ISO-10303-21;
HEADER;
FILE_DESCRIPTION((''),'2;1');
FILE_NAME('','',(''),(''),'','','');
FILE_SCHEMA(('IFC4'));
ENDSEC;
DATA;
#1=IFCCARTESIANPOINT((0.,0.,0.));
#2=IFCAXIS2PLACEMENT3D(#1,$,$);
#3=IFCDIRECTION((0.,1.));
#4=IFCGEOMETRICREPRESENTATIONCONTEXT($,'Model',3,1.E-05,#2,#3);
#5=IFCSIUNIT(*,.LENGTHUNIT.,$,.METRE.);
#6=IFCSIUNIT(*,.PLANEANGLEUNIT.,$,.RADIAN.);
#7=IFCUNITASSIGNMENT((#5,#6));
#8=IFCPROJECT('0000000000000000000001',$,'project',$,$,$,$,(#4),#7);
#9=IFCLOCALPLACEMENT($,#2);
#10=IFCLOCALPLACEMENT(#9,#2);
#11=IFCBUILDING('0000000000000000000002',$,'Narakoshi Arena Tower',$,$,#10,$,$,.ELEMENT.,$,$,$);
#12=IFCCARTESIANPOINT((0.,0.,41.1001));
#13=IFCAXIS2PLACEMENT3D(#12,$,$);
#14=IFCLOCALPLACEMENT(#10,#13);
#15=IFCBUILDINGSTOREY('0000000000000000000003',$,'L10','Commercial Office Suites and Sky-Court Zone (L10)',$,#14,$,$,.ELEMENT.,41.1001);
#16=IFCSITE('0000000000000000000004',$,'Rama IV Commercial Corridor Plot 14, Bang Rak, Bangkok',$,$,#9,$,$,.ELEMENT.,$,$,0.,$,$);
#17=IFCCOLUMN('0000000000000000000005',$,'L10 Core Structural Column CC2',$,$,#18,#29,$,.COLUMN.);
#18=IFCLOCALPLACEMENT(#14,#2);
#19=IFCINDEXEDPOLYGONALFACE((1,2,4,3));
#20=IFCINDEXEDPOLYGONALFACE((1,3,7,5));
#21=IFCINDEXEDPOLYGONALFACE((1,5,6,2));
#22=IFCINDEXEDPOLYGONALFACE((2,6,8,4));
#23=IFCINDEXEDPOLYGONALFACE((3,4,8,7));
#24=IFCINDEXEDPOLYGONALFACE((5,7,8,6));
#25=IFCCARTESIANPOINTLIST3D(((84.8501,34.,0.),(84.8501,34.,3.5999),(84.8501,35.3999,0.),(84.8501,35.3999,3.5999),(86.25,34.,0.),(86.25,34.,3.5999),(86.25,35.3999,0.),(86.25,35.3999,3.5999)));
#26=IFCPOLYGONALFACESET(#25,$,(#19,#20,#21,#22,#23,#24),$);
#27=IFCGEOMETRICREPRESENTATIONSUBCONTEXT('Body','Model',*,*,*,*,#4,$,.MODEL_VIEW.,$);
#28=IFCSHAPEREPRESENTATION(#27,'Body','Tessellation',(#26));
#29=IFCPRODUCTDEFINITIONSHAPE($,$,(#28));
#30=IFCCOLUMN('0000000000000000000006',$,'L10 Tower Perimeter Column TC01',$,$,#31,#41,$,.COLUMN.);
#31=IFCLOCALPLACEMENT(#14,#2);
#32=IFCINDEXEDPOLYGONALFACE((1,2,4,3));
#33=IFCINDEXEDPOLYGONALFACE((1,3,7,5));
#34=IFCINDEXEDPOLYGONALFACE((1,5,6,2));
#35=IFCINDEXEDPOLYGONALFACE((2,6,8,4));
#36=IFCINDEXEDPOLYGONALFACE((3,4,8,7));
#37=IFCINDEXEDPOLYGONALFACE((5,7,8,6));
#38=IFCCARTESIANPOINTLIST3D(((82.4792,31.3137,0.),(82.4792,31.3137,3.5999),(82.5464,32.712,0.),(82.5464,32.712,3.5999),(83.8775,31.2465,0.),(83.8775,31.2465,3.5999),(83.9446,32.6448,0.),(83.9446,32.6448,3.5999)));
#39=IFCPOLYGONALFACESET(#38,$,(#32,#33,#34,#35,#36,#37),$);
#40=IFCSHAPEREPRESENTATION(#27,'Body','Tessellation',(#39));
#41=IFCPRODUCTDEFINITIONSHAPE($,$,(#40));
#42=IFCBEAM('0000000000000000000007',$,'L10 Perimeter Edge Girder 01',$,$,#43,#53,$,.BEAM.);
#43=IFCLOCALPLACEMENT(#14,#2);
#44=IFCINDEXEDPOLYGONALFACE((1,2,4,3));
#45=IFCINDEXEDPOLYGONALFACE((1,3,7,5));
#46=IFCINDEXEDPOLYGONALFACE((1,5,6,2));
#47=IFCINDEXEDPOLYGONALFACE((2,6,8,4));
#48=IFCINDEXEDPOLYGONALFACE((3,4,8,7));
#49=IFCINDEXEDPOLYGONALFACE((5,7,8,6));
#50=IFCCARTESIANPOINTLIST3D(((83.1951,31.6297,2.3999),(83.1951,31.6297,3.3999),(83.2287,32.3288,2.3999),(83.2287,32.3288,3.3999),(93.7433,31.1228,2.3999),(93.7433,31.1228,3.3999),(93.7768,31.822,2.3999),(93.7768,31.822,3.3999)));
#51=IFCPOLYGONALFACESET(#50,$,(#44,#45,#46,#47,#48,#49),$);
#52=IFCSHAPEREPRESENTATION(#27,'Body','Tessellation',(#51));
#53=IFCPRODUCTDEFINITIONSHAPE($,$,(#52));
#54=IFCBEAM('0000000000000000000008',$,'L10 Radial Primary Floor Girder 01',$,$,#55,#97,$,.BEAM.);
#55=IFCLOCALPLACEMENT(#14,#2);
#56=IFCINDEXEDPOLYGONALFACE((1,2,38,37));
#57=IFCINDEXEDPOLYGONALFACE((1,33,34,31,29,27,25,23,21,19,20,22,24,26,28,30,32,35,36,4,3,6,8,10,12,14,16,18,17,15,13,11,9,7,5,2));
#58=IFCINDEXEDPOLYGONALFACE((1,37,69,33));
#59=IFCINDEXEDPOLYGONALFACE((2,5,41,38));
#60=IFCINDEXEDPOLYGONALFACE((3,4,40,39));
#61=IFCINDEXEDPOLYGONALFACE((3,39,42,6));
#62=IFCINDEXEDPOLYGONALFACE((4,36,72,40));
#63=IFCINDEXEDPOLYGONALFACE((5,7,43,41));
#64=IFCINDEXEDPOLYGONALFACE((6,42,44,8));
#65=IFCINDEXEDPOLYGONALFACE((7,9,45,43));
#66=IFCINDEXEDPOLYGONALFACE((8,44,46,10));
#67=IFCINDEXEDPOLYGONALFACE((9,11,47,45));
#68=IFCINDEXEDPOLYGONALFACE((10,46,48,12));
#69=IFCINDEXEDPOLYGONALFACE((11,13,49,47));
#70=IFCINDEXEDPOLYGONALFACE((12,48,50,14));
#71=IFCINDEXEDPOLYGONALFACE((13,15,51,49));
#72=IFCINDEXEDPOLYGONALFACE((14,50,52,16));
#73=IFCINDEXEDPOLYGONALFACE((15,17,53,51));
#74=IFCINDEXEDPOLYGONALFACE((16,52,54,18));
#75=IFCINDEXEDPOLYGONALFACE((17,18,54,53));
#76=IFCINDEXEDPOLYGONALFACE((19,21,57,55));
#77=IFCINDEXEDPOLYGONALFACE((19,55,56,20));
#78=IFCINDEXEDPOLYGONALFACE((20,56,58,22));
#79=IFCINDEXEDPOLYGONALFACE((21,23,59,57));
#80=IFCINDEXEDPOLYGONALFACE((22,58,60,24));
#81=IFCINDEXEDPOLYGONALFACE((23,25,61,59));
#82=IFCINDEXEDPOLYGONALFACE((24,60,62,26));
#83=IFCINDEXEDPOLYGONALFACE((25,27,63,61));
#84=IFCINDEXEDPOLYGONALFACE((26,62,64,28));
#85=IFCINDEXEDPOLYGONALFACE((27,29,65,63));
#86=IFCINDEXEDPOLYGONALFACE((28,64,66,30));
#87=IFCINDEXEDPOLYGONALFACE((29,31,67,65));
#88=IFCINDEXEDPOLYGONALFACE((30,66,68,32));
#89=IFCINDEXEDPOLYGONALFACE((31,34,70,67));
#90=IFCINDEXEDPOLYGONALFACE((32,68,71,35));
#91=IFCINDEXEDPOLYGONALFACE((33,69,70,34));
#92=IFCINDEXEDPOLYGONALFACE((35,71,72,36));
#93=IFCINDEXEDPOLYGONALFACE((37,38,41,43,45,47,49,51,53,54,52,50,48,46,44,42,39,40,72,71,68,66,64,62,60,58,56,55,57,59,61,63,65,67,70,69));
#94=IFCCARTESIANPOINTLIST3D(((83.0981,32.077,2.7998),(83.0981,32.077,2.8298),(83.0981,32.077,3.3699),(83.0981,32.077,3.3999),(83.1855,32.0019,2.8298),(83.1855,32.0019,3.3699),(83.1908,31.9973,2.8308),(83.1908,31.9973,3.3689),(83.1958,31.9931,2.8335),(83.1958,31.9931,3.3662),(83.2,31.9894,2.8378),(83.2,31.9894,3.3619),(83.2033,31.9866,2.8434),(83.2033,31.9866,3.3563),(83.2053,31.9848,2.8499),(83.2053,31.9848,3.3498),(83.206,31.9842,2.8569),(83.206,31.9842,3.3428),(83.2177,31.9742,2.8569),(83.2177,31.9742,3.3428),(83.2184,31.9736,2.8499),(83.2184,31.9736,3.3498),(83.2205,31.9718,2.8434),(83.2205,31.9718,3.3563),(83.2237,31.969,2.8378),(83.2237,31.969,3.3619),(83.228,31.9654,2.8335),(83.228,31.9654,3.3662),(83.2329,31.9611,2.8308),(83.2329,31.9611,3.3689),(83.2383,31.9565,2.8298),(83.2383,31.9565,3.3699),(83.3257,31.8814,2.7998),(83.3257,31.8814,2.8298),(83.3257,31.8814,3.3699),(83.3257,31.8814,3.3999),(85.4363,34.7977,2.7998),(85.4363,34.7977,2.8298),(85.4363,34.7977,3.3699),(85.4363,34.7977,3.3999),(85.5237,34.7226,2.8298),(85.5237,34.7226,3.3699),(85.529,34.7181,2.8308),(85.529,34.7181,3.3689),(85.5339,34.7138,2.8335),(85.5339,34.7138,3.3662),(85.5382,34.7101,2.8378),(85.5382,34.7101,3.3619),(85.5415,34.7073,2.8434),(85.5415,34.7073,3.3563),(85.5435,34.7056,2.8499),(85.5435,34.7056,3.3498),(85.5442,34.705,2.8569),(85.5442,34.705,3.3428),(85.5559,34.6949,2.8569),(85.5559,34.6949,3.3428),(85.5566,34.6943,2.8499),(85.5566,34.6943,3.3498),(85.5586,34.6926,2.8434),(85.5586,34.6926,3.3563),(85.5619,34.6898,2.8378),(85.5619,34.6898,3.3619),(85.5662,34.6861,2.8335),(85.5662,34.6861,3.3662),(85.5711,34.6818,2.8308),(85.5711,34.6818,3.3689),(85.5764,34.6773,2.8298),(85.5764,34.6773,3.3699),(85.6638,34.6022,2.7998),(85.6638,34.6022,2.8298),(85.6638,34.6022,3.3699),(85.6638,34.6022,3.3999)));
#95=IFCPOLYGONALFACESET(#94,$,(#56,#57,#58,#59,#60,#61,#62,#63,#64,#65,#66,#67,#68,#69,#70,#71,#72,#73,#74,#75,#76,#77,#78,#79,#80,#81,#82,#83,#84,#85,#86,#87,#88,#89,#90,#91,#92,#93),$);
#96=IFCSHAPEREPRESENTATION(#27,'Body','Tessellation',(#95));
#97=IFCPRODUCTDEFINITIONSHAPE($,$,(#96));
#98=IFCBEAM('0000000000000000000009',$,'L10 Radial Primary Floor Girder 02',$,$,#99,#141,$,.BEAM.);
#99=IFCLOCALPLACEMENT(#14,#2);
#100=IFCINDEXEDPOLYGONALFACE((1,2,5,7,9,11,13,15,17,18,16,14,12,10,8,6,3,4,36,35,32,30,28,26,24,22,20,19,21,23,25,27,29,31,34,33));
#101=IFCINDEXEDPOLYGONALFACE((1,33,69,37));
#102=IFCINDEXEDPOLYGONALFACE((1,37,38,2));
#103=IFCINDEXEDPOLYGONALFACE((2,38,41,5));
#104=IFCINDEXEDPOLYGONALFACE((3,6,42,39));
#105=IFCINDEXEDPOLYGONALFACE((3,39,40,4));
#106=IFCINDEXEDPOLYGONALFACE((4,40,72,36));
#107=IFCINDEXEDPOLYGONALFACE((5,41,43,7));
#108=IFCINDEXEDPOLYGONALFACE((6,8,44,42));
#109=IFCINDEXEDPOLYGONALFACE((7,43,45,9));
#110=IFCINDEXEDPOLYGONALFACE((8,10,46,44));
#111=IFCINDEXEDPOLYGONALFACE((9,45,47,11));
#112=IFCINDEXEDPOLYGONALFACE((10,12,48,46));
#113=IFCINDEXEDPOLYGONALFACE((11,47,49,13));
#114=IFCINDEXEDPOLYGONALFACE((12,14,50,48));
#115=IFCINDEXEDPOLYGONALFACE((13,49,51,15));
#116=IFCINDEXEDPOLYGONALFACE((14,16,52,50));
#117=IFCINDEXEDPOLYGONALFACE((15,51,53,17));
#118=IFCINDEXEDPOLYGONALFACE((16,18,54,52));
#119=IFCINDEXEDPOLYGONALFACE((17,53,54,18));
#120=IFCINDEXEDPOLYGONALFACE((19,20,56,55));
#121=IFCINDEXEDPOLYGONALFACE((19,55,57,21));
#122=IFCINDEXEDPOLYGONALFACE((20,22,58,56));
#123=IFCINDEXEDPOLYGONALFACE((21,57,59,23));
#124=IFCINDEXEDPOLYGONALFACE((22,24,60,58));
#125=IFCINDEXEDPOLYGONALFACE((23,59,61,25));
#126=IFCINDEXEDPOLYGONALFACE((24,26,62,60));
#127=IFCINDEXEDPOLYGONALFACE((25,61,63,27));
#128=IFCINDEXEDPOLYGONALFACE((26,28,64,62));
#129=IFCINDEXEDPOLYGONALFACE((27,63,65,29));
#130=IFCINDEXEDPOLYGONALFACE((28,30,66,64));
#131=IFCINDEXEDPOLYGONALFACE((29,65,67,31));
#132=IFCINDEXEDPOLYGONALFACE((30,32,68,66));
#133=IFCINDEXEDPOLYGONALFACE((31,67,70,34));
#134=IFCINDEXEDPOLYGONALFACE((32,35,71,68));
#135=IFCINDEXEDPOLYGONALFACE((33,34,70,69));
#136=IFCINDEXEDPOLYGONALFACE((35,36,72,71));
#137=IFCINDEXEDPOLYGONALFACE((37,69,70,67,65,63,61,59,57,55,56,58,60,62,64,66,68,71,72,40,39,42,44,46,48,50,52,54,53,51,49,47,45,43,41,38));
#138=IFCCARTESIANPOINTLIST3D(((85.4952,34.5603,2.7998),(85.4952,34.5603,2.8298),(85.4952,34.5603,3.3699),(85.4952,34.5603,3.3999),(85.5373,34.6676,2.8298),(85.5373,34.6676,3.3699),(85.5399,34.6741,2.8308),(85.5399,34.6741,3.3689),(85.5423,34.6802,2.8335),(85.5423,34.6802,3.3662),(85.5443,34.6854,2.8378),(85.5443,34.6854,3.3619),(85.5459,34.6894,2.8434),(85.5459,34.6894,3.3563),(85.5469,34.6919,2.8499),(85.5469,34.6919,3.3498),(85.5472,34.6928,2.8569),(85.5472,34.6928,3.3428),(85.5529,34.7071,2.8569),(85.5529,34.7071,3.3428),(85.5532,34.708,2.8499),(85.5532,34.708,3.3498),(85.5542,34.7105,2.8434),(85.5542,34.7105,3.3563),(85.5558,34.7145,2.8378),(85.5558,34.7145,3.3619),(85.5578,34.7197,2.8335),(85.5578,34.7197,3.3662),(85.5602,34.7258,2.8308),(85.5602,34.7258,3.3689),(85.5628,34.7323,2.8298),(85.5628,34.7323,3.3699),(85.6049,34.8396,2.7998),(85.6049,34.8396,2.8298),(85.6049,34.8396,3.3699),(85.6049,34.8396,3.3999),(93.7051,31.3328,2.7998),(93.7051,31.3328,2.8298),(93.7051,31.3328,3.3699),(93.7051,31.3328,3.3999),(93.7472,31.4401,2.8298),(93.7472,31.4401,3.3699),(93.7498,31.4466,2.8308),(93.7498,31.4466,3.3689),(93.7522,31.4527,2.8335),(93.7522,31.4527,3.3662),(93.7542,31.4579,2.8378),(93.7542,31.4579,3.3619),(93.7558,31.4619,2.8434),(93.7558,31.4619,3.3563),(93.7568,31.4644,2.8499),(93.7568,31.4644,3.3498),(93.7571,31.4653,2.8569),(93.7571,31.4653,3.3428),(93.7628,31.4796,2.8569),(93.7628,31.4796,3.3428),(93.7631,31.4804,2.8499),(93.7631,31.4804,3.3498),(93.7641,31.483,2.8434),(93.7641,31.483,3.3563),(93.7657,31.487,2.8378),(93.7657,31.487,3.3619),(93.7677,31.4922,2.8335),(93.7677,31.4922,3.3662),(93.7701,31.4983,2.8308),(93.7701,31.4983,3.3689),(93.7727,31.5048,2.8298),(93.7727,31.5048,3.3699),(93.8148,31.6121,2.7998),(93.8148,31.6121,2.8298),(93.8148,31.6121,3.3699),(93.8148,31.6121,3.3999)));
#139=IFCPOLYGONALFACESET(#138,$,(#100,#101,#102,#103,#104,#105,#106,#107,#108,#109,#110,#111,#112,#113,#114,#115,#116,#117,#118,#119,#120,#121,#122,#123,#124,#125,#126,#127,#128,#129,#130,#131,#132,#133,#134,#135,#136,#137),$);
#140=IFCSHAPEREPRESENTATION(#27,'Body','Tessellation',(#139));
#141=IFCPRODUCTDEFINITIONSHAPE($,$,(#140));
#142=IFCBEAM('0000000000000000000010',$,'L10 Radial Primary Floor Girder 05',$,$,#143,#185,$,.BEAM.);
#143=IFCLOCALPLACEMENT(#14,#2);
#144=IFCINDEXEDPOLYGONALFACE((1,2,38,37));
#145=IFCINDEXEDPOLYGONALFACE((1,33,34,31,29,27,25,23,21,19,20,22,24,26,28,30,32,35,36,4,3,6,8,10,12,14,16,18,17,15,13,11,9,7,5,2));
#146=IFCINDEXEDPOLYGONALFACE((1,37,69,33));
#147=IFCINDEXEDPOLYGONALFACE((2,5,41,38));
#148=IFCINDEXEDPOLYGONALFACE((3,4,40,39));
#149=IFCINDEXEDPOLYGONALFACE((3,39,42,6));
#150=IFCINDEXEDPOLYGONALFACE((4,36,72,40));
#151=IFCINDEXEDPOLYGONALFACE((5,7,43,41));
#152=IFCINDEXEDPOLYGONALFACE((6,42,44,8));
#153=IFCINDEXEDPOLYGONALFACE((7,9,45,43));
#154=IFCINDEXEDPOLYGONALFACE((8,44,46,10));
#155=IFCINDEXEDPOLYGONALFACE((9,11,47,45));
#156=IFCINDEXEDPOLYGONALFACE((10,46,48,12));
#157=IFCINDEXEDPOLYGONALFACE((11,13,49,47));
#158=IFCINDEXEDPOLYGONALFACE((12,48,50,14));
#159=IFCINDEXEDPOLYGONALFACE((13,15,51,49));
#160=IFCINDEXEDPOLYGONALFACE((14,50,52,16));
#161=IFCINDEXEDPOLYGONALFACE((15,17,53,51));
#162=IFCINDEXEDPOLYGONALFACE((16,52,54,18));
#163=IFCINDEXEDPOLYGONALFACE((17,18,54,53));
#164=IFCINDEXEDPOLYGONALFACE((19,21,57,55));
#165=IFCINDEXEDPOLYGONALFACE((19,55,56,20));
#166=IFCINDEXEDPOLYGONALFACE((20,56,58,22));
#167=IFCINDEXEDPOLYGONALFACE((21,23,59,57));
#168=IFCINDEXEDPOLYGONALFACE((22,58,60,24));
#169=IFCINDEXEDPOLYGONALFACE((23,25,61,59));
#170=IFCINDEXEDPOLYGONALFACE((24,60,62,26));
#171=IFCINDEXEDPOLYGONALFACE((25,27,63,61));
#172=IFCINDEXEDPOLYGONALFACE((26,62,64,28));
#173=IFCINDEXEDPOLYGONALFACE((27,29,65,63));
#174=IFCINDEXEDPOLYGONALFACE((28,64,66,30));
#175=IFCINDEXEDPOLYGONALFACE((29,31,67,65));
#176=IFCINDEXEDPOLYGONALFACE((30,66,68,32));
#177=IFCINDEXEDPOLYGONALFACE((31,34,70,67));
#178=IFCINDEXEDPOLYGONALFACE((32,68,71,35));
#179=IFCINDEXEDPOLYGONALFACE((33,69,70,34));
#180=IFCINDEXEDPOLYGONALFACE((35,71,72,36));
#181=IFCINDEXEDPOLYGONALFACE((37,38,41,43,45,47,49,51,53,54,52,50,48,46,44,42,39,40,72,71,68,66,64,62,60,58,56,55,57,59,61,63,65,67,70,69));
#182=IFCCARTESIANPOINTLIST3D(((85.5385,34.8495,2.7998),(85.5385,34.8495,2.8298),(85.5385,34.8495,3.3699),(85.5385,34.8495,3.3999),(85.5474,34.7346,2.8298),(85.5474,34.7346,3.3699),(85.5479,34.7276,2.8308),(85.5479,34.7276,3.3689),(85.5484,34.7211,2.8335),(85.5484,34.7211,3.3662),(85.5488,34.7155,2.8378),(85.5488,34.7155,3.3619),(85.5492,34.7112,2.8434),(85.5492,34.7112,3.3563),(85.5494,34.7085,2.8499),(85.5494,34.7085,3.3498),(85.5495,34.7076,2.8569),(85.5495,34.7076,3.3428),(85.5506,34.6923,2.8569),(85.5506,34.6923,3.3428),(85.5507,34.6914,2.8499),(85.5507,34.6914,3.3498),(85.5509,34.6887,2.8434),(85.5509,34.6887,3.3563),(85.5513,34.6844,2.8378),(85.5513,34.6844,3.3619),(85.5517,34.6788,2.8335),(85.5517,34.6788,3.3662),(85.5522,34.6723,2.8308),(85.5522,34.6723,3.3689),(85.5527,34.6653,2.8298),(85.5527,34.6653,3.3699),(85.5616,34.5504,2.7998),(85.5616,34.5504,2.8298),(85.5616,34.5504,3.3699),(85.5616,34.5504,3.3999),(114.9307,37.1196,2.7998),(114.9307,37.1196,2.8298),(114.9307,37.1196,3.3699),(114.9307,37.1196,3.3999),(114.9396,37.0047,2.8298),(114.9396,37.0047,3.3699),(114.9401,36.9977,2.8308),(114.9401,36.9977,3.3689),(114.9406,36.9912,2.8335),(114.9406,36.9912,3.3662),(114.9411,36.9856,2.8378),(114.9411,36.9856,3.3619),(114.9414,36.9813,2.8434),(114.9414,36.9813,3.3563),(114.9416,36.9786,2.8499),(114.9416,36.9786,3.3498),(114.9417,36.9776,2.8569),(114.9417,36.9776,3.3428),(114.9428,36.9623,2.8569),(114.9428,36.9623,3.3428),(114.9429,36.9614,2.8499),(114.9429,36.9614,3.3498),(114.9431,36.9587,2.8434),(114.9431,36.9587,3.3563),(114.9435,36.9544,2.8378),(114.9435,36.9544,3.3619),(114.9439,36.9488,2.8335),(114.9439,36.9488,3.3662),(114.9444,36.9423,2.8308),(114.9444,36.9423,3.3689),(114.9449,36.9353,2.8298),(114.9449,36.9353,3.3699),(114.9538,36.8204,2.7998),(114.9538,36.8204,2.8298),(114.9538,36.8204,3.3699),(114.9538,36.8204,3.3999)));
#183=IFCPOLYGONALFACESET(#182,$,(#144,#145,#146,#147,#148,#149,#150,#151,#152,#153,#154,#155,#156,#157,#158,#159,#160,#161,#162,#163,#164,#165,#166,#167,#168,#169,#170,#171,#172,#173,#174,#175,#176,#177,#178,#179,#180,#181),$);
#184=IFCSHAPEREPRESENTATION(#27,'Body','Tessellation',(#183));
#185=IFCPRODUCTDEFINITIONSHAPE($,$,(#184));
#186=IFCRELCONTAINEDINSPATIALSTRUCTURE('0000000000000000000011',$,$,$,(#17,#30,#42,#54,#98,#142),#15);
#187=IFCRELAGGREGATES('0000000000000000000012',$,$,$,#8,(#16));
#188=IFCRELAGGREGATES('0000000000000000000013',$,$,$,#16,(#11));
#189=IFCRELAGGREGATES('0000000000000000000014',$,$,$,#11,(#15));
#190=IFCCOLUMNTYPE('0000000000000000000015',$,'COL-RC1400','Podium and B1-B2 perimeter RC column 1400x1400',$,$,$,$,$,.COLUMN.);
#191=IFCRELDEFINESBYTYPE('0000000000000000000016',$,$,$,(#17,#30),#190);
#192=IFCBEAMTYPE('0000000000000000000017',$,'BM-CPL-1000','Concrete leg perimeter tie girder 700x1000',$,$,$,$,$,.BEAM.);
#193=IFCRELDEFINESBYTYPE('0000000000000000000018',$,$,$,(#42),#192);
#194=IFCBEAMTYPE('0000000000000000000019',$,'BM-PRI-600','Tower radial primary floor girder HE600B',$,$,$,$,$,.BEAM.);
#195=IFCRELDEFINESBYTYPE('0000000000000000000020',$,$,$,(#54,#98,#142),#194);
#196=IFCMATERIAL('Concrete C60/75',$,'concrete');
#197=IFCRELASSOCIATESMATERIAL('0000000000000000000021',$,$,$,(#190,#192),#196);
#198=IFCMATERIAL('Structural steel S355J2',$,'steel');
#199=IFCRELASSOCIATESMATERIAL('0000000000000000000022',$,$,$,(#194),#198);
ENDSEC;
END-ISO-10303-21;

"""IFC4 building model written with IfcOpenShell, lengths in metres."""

from ifc_helpers import new_model, si_unit, direction, frame, origin, origin_2d, place, context, subcontext, project, spatial, rectangle, i_section, extrude, material, material_profile, profile_set, type_object, element, save


model = new_model("IFC4")

# Units and contexts
model_context = context("Model", 3, precision=1e-05, world=origin(), true_north=direction((0.0, 1.0)))
body_context = subcontext(model_context, "Body", "Model", "MODEL_VIEW")
ifc_project = project(units=[si_unit("LENGTHUNIT", "METRE"), si_unit("PLANEANGLEUNIT", "RADIAN")], contexts=[model_context])

# Site, building, storey
site_placement = place(None, origin())
site = spatial("IfcSite", under=ifc_project, at=site_placement, Name="Rama IV Commercial Corridor Plot 14, Bang Rak, Bangkok", CompositionType="ELEMENT", RefElevation=0.0)
building_placement = place(site_placement, origin())
building = spatial("IfcBuilding", under=site, at=building_placement, Name="Narakoshi Arena Tower", CompositionType="ELEMENT")
storey_placement = place(building_placement, frame((0.0, 0.0, 41.1001)))
storey = spatial("IfcBuildingStorey", under=building, at=storey_placement, Name="L10", Description="Commercial Office Suites and Sky-Court Zone (L10)", CompositionType="ELEMENT", Elevation=41.1001)

# Columns
ifc_material_1 = material(Name="Concrete C60/75", Category="concrete")
ifc_material_profile_1 = material_profile(ifc_material_1, rectangle(XDim=1.3999, YDim=1.3999, at=origin_2d()), Name="RC1400x1400")
ifc_profile_set_1 = profile_set([ifc_material_profile_1], Name="Concrete C60/75")
column_type = type_object("IfcColumnType", Name="COL-RC1400", Description="Podium and B1-B2 perimeter RC column 1400x1400", PredefinedType="COLUMN", material=ifc_profile_set_1)
for number, where, z_axis, x_axis, name in (
    (1, (85.55, 34.7, 0.0), (0.0, 0.0, 1.0), (1.0, 0.0, 0.0), "L10 Core Structural Column CC2"),
    (2, (83.2119, 31.9792, 0.0), (0.0, 0.0, 1.0), (-0.998848, 0.047978, 0.0), "L10 Tower Perimeter Column TC01"),
):
    element("IfcColumn", number, at=place(storey_placement, frame(where, z_axis=z_axis, x_axis=x_axis)), inside=storey, type_object=column_type, Name=name, PredefinedType="COLUMN", context=body_context, shape_type="SweptSolid", body=[
        extrude(rectangle(XDim=1.3999, YDim=1.3999, at=origin_2d()), origin(), (0.0, 0.0, 1.0), 3.5999),
    ])

# Beams
ifc_material_profile_2 = material_profile(ifc_material_1, rectangle(XDim=0.7, YDim=1.0, at=origin_2d()), Name="RCB700x1000")
ifc_profile_set_2 = profile_set([ifc_material_profile_2], Name="Concrete C60/75")
beam_type_1 = type_object("IfcBeamType", Name="BM-CPL-1000", Description="Concrete leg perimeter tie girder 700x1000", PredefinedType="BEAM", material=ifc_profile_set_2)
beam_1_placement = place(storey_placement, frame((83.2119, 31.9792, 2.8999), z_axis=(0.998848, -0.047995, 0.0), x_axis=(0.047995, 0.998848, 0.0)))
element("IfcBeam", 3, at=beam_1_placement, inside=storey, type_object=beam_type_1, Name="L10 Perimeter Edge Girder 01", PredefinedType="BEAM", context=body_context, shape_type="SweptSolid", body=[
    extrude(rectangle(XDim=0.7, YDim=1.0, at=origin_2d()), origin(), (0.0, 0.0, 1.0), 10.5603),
])
ifc_material_2 = material(Name="Structural steel S355J2", Category="steel")
ifc_material_profile_3 = material_profile(ifc_material_2, i_section(OverallWidth=0.3, OverallDepth=0.6001, WebThickness=0.0154, FlangeThickness=0.03, FilletRadius=0.0271, at=origin_2d()), Name="HE600B")
ifc_profile_set_3 = profile_set([ifc_material_profile_3], Name="Structural steel S355J2")
beam_type_2 = type_object("IfcBeamType", Name="BM-PRI-600", Description="Tower radial primary floor girder HE600B", PredefinedType="BEAM", material=ifc_profile_set_3)
beam_2_placement = place(storey_placement, frame((85.55, 34.7, 3.0999), z_axis=(-0.651772, -0.758415, 0.0), x_axis=(0.758415, -0.651772, 0.0)))
element("IfcBeam", 4, at=beam_2_placement, inside=storey, type_object=beam_type_2, Name="L10 Radial Primary Floor Girder 01", PredefinedType="BEAM", context=body_context, shape_type="SweptSolid", body=[
    extrude(i_section(OverallWidth=0.3, OverallDepth=0.6001, WebThickness=0.0154, FlangeThickness=0.03, FilletRadius=0.0271, at=origin_2d()), origin(), (0.0, 0.0, 1.0), 3.5874),
])
beam_3_placement = place(storey_placement, frame((85.55, 34.7, 3.0999), z_axis=(0.930667, -0.365868, 0.0), x_axis=(0.365868, 0.930667, 0.0)))
element("IfcBeam", 5, at=beam_3_placement, inside=storey, type_object=beam_type_2, Name="L10 Radial Primary Floor Girder 02", PredefinedType="BEAM", context=body_context, shape_type="SweptSolid", body=[
    extrude(i_section(OverallWidth=0.3, OverallDepth=0.6001, WebThickness=0.0154, FlangeThickness=0.03, FilletRadius=0.0271, at=origin_2d()), origin(), (0.0, 0.0, 1.0), 8.8215),
])
beam_4_placement = place(storey_placement, frame((85.55, 34.7, 3.0999), z_axis=(0.997031, 0.077003, 0.0), x_axis=(-0.077003, 0.997031, 0.0)))
element("IfcBeam", 6, at=beam_4_placement, inside=storey, type_object=beam_type_2, Name="L10 Radial Primary Floor Girder 05", PredefinedType="BEAM", context=body_context, shape_type="SweptSolid", body=[
    extrude(i_section(OverallWidth=0.3, OverallDepth=0.6001, WebThickness=0.0154, FlangeThickness=0.03, FilletRadius=0.0271, at=origin_2d()), origin(), (0.0, 0.0, 1.0), 29.4797),
])

save(model, "model.ifc")
